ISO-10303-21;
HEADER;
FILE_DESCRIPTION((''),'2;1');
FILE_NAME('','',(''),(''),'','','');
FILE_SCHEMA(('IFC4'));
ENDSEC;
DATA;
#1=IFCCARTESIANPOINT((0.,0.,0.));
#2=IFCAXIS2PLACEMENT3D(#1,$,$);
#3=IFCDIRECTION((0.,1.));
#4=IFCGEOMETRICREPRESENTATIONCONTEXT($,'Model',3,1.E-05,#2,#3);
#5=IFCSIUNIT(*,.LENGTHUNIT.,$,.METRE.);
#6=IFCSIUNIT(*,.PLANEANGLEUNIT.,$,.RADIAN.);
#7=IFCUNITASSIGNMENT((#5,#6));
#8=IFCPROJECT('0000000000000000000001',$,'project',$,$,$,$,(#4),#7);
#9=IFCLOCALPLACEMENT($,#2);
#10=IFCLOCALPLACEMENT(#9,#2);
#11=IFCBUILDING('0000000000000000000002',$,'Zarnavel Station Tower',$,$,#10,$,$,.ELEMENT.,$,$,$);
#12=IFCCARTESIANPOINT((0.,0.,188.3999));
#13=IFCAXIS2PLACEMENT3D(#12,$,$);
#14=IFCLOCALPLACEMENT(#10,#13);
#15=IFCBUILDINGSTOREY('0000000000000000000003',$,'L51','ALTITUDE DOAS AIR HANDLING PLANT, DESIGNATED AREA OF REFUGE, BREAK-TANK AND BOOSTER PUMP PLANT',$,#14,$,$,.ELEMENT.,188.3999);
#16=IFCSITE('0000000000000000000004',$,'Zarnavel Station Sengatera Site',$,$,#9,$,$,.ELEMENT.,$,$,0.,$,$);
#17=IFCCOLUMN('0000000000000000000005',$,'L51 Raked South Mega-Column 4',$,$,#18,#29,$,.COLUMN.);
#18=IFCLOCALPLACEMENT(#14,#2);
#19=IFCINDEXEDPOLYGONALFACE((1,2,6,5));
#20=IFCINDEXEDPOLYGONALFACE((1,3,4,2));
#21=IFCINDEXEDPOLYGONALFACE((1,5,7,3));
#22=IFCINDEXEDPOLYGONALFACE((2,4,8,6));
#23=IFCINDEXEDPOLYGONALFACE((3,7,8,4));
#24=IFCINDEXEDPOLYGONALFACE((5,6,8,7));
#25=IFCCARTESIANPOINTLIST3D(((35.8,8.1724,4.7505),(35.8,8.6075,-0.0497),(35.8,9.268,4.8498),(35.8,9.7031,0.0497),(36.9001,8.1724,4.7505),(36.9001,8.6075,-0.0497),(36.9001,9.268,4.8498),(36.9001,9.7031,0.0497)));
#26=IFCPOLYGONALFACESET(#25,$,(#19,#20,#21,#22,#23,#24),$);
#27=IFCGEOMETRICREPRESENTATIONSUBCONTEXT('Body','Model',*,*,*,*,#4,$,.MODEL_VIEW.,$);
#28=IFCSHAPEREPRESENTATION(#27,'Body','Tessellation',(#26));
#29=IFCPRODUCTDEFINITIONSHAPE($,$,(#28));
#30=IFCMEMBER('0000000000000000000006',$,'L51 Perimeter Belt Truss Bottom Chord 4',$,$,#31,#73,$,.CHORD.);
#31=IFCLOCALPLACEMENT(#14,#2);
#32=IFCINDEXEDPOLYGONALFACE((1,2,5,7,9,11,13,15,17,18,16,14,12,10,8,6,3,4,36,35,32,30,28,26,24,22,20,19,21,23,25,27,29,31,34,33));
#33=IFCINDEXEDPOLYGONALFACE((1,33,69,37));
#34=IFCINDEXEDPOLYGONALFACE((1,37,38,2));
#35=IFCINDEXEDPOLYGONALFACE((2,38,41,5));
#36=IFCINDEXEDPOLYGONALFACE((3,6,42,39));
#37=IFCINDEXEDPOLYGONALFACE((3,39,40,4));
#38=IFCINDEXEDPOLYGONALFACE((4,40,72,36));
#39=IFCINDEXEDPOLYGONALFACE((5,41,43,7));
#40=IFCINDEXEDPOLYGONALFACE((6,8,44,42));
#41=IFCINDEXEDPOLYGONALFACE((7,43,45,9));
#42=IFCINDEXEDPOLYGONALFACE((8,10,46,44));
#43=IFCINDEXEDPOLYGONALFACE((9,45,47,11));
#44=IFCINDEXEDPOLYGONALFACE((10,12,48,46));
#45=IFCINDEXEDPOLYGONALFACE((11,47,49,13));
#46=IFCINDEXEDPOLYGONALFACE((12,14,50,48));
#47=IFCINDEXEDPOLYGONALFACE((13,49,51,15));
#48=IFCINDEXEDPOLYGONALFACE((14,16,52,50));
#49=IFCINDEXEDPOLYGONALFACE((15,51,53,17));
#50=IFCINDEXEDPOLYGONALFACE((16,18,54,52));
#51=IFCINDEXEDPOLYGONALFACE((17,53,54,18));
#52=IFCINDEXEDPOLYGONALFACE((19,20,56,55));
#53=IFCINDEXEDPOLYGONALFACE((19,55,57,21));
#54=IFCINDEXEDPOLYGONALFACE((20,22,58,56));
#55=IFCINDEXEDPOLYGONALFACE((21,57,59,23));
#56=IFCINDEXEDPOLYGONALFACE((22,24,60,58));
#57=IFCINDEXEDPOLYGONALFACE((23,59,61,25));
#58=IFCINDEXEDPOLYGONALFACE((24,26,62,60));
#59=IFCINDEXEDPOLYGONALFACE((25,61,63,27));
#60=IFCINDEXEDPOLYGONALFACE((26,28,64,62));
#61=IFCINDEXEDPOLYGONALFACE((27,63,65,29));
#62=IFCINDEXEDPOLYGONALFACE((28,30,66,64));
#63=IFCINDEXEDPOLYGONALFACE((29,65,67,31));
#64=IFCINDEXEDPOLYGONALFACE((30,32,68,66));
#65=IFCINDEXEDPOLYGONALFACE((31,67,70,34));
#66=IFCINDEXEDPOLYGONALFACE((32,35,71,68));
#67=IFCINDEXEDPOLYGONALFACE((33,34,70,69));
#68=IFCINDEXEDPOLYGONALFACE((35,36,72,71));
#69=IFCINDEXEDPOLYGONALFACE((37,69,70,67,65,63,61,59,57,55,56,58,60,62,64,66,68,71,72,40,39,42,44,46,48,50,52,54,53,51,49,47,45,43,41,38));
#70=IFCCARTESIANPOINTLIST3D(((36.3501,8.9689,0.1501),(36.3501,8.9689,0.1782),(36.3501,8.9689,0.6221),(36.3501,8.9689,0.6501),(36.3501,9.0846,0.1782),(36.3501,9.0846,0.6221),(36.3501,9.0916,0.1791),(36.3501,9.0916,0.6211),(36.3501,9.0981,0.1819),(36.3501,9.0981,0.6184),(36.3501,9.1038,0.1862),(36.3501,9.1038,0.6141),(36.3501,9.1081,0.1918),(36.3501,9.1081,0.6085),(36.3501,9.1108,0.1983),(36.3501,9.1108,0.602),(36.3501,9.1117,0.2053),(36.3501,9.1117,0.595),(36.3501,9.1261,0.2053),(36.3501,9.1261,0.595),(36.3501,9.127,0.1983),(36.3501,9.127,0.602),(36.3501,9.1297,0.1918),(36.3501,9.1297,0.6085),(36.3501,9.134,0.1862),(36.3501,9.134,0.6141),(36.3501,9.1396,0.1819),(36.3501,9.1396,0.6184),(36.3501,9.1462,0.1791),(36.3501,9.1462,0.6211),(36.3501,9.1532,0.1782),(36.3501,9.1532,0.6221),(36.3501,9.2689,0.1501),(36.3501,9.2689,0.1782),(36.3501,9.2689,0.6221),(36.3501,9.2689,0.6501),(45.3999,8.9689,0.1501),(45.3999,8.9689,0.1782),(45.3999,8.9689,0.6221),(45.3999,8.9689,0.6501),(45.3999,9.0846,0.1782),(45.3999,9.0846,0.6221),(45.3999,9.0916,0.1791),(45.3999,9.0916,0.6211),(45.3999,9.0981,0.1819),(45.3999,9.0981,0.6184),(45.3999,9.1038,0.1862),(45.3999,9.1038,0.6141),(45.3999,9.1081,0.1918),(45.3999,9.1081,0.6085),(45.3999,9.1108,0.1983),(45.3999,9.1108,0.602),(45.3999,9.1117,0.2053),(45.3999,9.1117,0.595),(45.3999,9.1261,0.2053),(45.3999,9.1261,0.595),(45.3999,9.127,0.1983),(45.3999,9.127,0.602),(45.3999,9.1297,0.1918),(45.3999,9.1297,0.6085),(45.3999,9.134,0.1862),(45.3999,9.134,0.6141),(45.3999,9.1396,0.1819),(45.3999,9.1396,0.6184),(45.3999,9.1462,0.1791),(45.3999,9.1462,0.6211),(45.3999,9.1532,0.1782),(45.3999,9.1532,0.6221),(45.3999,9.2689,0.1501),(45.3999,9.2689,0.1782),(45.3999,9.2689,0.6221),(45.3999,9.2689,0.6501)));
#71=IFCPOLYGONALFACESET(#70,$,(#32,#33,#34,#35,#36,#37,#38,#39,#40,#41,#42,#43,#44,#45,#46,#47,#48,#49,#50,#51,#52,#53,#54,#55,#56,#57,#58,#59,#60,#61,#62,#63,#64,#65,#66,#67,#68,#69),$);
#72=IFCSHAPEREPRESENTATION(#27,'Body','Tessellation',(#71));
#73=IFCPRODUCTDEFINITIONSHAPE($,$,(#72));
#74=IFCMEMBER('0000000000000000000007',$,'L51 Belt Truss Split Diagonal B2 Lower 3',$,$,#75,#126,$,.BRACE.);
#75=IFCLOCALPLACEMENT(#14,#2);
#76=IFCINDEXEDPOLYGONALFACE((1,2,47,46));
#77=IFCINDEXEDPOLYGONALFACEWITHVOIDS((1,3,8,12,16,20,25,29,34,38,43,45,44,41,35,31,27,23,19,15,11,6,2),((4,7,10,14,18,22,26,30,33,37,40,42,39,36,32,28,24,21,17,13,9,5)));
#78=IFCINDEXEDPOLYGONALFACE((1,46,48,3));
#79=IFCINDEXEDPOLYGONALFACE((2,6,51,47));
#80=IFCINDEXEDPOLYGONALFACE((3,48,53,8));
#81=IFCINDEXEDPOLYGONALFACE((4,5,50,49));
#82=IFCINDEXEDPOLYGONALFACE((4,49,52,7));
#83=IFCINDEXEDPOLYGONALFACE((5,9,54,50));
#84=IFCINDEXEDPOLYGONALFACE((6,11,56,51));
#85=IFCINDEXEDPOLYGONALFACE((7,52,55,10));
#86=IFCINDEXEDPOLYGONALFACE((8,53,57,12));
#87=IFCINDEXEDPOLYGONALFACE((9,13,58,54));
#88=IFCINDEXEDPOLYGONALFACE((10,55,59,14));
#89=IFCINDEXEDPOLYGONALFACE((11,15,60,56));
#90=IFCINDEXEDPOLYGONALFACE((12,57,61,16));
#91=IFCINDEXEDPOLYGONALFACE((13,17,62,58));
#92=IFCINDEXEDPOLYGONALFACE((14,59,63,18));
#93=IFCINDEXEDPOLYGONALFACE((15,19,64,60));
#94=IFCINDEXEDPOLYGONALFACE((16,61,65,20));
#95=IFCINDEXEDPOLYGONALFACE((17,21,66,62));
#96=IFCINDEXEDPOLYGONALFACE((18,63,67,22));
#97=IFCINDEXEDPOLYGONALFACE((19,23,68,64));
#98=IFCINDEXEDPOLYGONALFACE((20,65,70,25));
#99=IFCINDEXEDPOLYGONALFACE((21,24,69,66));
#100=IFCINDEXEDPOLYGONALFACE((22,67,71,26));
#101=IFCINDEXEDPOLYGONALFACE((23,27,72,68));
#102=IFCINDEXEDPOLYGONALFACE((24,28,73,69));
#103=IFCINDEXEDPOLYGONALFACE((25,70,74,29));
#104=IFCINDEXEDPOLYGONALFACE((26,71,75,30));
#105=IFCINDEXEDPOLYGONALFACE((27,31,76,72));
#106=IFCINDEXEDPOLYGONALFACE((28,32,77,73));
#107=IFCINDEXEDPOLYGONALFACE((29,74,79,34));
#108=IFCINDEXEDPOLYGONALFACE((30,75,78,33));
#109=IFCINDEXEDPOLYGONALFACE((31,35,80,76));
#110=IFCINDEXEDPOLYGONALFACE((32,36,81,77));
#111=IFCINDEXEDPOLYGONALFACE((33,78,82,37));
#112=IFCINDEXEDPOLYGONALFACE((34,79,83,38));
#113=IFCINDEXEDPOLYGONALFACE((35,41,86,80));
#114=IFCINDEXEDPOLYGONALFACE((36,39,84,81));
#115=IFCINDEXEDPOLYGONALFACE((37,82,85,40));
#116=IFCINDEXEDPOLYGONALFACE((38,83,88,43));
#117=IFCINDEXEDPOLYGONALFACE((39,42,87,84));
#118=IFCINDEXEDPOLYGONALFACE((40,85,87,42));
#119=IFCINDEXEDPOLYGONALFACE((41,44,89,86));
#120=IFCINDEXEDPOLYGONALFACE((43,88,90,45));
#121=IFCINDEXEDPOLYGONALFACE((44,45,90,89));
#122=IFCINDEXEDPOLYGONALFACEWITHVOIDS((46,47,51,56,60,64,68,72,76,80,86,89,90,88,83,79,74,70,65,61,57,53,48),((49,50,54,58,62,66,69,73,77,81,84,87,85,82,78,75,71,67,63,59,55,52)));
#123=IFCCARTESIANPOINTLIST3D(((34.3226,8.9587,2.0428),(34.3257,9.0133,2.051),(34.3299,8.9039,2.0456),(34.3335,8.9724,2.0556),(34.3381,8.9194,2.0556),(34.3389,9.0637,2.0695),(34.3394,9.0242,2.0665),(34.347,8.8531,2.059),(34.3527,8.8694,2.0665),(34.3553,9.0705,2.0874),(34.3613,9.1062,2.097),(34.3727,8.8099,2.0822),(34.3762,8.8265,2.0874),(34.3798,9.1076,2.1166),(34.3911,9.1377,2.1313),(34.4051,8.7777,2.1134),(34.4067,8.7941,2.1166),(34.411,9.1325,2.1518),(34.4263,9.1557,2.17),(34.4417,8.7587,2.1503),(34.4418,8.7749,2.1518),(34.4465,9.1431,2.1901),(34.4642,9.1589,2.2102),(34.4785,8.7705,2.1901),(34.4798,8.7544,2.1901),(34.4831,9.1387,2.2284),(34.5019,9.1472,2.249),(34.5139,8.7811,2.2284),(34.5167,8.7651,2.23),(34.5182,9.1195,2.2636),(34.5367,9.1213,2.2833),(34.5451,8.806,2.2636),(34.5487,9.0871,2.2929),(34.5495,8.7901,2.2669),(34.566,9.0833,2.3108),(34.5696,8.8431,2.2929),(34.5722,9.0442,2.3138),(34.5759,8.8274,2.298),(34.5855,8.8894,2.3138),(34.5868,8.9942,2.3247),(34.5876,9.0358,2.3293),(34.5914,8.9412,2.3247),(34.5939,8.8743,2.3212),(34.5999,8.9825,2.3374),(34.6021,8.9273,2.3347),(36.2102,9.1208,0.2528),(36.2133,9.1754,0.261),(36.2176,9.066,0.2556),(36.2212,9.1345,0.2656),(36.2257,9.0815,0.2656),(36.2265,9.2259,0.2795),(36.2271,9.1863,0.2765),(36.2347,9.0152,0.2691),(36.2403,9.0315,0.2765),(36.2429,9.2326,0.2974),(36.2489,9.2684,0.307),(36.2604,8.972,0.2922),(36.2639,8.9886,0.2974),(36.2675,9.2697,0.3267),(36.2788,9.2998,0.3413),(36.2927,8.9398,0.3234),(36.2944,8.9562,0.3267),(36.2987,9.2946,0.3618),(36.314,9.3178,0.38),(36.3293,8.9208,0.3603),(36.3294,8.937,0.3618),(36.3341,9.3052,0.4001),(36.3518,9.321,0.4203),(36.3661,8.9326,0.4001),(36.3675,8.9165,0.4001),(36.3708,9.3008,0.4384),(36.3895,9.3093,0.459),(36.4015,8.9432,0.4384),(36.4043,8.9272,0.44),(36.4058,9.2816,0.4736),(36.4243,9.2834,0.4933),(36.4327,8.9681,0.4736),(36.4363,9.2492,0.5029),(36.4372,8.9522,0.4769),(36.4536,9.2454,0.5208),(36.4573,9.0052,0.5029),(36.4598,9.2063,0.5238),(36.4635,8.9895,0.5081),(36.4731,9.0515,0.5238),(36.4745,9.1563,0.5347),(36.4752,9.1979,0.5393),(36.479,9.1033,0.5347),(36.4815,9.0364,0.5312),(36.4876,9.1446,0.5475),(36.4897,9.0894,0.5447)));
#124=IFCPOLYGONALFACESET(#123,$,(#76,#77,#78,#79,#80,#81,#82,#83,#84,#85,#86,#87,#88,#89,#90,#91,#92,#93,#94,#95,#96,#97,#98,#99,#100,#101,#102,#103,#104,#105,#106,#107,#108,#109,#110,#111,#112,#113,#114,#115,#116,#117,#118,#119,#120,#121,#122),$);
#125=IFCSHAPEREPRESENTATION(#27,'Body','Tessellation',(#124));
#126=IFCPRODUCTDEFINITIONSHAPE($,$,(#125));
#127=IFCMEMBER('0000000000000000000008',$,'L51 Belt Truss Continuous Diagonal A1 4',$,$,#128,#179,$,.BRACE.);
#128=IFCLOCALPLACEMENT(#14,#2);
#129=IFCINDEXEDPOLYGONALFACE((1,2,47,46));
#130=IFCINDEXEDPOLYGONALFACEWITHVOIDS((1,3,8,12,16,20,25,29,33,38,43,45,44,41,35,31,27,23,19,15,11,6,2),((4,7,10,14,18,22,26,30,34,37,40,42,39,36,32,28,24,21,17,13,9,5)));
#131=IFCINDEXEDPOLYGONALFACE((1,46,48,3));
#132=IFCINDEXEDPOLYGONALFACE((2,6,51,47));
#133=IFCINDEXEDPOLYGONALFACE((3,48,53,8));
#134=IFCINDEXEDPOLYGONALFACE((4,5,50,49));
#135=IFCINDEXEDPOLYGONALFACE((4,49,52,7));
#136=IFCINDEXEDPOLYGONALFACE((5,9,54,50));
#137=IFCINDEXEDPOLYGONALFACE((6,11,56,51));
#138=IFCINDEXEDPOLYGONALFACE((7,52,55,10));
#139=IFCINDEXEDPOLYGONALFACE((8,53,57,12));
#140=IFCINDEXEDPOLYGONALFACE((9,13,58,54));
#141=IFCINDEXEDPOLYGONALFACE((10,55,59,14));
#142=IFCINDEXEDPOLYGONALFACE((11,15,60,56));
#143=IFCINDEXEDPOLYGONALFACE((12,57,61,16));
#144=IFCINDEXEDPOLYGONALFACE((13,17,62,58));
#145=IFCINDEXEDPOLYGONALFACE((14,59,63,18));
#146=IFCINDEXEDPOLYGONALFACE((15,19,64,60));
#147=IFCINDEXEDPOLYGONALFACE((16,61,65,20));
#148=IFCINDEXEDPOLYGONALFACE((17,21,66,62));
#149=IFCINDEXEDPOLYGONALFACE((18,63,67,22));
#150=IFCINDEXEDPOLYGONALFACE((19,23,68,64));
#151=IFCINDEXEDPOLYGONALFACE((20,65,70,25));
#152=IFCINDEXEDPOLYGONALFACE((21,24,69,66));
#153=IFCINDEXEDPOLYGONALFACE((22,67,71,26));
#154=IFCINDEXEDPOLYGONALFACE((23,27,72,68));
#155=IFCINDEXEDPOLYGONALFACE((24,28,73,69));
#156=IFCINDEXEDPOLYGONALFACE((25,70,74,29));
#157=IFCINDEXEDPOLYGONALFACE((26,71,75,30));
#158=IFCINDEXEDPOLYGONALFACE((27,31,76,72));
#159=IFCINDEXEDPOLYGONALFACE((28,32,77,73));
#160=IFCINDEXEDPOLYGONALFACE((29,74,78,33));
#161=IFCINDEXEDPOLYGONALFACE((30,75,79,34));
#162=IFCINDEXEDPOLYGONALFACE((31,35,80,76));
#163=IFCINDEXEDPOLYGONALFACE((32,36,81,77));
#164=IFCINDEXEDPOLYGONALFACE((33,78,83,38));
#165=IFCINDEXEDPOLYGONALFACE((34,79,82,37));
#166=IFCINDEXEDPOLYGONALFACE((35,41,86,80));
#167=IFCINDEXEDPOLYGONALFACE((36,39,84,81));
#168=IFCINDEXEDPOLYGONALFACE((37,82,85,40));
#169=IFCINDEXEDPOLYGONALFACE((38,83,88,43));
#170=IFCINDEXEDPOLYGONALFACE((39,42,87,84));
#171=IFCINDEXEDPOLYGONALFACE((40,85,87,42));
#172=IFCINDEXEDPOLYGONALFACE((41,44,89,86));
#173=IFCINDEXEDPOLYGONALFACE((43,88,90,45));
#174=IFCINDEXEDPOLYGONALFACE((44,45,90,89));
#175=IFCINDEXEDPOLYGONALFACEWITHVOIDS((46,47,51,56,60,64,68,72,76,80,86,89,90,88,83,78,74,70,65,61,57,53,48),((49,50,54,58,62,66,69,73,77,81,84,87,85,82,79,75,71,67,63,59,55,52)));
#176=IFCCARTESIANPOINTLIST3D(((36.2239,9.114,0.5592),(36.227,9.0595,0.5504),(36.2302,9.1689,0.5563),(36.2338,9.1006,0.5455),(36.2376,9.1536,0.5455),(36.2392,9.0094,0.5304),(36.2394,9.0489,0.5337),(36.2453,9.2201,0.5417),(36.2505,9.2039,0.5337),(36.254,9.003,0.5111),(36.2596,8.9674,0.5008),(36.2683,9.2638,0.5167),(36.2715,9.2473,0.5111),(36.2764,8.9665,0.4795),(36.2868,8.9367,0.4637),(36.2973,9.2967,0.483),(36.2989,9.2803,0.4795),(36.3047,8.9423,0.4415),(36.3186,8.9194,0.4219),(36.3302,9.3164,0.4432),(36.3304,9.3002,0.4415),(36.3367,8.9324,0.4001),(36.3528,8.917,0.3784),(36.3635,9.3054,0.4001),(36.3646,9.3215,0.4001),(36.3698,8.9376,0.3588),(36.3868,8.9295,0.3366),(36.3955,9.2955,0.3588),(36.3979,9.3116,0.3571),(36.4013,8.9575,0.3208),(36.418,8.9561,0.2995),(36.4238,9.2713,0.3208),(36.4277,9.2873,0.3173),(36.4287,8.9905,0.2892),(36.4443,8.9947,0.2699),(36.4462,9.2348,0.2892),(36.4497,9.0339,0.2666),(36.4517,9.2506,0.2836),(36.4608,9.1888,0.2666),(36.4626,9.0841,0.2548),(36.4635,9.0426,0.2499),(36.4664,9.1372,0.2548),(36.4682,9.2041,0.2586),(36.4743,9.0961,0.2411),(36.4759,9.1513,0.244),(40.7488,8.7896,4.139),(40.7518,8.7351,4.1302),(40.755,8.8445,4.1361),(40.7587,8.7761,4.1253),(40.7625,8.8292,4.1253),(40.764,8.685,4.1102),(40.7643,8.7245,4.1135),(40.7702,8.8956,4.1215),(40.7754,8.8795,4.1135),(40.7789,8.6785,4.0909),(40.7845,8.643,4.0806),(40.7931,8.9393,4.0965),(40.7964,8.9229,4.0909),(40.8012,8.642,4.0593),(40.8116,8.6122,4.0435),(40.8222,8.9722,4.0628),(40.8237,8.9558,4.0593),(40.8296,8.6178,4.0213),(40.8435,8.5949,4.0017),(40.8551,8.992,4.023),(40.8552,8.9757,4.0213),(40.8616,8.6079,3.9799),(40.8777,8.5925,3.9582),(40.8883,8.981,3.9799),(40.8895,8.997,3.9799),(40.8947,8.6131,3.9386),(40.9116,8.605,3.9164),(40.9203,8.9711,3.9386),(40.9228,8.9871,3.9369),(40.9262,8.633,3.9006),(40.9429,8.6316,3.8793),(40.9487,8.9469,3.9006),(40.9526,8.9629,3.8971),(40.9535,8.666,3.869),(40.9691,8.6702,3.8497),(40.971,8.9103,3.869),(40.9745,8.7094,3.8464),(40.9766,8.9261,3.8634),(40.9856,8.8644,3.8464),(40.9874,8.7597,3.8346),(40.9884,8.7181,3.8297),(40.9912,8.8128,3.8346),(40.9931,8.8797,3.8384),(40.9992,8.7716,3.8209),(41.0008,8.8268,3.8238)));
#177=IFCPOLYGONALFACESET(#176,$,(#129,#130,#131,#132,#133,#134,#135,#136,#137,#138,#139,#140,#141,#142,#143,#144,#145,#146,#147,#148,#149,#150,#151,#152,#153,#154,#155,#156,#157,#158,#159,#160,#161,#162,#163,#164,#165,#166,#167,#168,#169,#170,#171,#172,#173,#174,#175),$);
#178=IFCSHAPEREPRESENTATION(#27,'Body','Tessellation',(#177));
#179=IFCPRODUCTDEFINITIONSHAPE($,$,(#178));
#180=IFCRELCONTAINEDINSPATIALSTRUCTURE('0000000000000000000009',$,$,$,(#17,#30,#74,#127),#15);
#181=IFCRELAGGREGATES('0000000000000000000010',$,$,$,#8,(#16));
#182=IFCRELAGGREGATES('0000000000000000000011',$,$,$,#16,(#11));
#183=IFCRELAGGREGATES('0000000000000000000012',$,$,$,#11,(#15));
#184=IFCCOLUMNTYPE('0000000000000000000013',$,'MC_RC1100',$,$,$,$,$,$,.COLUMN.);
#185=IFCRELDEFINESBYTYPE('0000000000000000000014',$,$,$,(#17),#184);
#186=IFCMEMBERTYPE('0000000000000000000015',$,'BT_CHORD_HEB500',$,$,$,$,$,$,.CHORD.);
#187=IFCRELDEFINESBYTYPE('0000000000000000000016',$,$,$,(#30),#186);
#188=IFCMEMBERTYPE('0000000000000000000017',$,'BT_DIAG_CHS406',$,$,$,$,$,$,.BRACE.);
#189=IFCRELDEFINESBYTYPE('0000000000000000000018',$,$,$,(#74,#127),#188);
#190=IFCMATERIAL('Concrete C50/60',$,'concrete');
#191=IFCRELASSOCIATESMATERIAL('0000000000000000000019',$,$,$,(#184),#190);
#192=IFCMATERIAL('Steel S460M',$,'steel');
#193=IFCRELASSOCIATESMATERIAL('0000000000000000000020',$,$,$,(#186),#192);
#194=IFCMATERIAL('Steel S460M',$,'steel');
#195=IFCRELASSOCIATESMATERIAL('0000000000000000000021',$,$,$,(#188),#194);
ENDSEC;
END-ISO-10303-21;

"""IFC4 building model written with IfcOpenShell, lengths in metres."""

from ifc_helpers import new_model, si_unit, direction, frame, origin, origin_2d, place, context, subcontext, project, spatial, rectangle, hollow_circle, i_section, extrude, material, material_profile, profile_set, type_object, element, save


model = new_model("IFC4")

# Units and contexts
model_context = context("Model", 3, precision=1e-05, world=origin(), true_north=direction((0.0, 1.0)))
body_context = subcontext(model_context, "Body", "Model", "MODEL_VIEW")
ifc_project = project(units=[si_unit("LENGTHUNIT", "METRE"), si_unit("PLANEANGLEUNIT", "RADIAN")], contexts=[model_context])

# Site, building, storey
site_placement = place(None, origin())
site = spatial("IfcSite", under=ifc_project, at=site_placement, Name="Zarnavel Station Sengatera Site", CompositionType="ELEMENT", RefElevation=0.0)
building_placement = place(site_placement, origin())
building = spatial("IfcBuilding", under=site, at=building_placement, Name="Zarnavel Station Tower", CompositionType="ELEMENT")
storey_placement = place(building_placement, frame((0.0, 0.0, 188.3999)))
storey = spatial("IfcBuildingStorey", under=building, at=storey_placement, Name="L51", Description="ALTITUDE DOAS AIR HANDLING PLANT, DESIGNATED AREA OF REFUGE, BREAK-TANK AND BOOSTER PUMP PLANT", CompositionType="ELEMENT", Elevation=188.3999)

# Column
ifc_material_1 = material(Name="Concrete C50/60", Category="concrete")
ifc_material_profile_1 = material_profile(ifc_material_1, rectangle(XDim=1.1001, YDim=1.1001, at=origin_2d()), Name="RC1100x1100")
ifc_profile_set_1 = profile_set([ifc_material_profile_1], Name="Concrete C50/60")
column_type = type_object("IfcColumnType", Name="MC_RC1100", PredefinedType="COLUMN", material=ifc_profile_set_1)
column_placement = place(storey_placement, frame((36.3501, 9.1553, 0.0), z_axis=(0.0, -0.090266, 0.995918), x_axis=(1.0, 0.0, 0.0)))
element("IfcColumn", 1, at=column_placement, inside=storey, type_object=column_type, Name="L51 Raked South Mega-Column 4", PredefinedType="COLUMN", context=body_context, shape_type="SweptSolid", body=[
    extrude(rectangle(XDim=1.1001, YDim=1.1001, at=origin_2d()), origin(), (0.0, 0.0, 1.0), 4.8198),
])

# Members
ifc_material_2 = material(Name="Steel S460M", Category="steel")
ifc_material_profile_2 = material_profile(ifc_material_2, i_section(OverallWidth=0.3, OverallDepth=0.5, WebThickness=0.0144, FlangeThickness=0.0281, FilletRadius=0.0271, at=origin_2d()), Name="HEB500")
ifc_profile_set_2 = profile_set([ifc_material_profile_2], Name="Steel S460M")
member_type_1 = type_object("IfcMemberType", Name="BT_CHORD_HEB500", PredefinedType="CHORD", material=ifc_profile_set_2)
member_1_placement = place(storey_placement, frame((36.3501, 9.1189, 0.4001), z_axis=(1.0, 0.0, 0.0), x_axis=(0.0, 1.0, 0.0)))
element("IfcMember", 2, at=member_1_placement, inside=storey, type_object=member_type_1, Name="L51 Perimeter Belt Truss Bottom Chord 4", PredefinedType="CHORD", context=body_context, shape_type="SweptSolid", body=[
    extrude(i_section(OverallWidth=0.3, OverallDepth=0.5, WebThickness=0.0144, FlangeThickness=0.0281, FilletRadius=0.0271, at=origin_2d()), origin(), (0.0, 0.0, 1.0), 9.0498),
])
ifc_material_3 = material(Name="Steel S460M", Category="steel")
ifc_material_profile_3 = material_profile(ifc_material_3, hollow_circle(Radius=0.2031, WallThickness=0.0161, at=origin_2d()), Name="CHS406.4x16")
ifc_profile_set_3 = profile_set([ifc_material_profile_3], Name="Steel S460M")
member_type_2 = type_object("IfcMemberType", Name="BT_DIAG_CHS406", PredefinedType="BRACE", material=ifc_profile_set_3)
member_2_placement = place(storey_placement, frame((36.3501, 9.1189, 0.4001), z_axis=(-0.724222, -0.062194, 0.686756), x_axis=(0.085562, -0.996333, 0.0)))
element("IfcMember", 3, at=member_2_placement, inside=storey, type_object=member_type_2, Name="L51 Belt Truss Split Diagonal B2 Lower 3", PredefinedType="BRACE", context=body_context, shape_type="SweptSolid", body=[
    extrude(hollow_circle(Radius=0.2031, WallThickness=0.0161, at=origin_2d()), origin(), (0.0, 0.0, 1.0), 2.6064),
])
member_3_placement = place(storey_placement, frame((36.3501, 9.1189, 0.4001), z_axis=(0.783009, -0.056147, 0.619471), x_axis=(0.071522, 0.997439, 0.0)))
element("IfcMember", 4, at=member_3_placement, inside=storey, type_object=member_type_2, Name="L51 Belt Truss Continuous Diagonal A1 4", PredefinedType="BRACE", context=body_context, shape_type="SweptSolid", body=[
    extrude(hollow_circle(Radius=0.2031, WallThickness=0.0161, at=origin_2d()), origin(), (0.0, 0.0, 1.0), 5.7788),
])

save(model, "model.ifc")
